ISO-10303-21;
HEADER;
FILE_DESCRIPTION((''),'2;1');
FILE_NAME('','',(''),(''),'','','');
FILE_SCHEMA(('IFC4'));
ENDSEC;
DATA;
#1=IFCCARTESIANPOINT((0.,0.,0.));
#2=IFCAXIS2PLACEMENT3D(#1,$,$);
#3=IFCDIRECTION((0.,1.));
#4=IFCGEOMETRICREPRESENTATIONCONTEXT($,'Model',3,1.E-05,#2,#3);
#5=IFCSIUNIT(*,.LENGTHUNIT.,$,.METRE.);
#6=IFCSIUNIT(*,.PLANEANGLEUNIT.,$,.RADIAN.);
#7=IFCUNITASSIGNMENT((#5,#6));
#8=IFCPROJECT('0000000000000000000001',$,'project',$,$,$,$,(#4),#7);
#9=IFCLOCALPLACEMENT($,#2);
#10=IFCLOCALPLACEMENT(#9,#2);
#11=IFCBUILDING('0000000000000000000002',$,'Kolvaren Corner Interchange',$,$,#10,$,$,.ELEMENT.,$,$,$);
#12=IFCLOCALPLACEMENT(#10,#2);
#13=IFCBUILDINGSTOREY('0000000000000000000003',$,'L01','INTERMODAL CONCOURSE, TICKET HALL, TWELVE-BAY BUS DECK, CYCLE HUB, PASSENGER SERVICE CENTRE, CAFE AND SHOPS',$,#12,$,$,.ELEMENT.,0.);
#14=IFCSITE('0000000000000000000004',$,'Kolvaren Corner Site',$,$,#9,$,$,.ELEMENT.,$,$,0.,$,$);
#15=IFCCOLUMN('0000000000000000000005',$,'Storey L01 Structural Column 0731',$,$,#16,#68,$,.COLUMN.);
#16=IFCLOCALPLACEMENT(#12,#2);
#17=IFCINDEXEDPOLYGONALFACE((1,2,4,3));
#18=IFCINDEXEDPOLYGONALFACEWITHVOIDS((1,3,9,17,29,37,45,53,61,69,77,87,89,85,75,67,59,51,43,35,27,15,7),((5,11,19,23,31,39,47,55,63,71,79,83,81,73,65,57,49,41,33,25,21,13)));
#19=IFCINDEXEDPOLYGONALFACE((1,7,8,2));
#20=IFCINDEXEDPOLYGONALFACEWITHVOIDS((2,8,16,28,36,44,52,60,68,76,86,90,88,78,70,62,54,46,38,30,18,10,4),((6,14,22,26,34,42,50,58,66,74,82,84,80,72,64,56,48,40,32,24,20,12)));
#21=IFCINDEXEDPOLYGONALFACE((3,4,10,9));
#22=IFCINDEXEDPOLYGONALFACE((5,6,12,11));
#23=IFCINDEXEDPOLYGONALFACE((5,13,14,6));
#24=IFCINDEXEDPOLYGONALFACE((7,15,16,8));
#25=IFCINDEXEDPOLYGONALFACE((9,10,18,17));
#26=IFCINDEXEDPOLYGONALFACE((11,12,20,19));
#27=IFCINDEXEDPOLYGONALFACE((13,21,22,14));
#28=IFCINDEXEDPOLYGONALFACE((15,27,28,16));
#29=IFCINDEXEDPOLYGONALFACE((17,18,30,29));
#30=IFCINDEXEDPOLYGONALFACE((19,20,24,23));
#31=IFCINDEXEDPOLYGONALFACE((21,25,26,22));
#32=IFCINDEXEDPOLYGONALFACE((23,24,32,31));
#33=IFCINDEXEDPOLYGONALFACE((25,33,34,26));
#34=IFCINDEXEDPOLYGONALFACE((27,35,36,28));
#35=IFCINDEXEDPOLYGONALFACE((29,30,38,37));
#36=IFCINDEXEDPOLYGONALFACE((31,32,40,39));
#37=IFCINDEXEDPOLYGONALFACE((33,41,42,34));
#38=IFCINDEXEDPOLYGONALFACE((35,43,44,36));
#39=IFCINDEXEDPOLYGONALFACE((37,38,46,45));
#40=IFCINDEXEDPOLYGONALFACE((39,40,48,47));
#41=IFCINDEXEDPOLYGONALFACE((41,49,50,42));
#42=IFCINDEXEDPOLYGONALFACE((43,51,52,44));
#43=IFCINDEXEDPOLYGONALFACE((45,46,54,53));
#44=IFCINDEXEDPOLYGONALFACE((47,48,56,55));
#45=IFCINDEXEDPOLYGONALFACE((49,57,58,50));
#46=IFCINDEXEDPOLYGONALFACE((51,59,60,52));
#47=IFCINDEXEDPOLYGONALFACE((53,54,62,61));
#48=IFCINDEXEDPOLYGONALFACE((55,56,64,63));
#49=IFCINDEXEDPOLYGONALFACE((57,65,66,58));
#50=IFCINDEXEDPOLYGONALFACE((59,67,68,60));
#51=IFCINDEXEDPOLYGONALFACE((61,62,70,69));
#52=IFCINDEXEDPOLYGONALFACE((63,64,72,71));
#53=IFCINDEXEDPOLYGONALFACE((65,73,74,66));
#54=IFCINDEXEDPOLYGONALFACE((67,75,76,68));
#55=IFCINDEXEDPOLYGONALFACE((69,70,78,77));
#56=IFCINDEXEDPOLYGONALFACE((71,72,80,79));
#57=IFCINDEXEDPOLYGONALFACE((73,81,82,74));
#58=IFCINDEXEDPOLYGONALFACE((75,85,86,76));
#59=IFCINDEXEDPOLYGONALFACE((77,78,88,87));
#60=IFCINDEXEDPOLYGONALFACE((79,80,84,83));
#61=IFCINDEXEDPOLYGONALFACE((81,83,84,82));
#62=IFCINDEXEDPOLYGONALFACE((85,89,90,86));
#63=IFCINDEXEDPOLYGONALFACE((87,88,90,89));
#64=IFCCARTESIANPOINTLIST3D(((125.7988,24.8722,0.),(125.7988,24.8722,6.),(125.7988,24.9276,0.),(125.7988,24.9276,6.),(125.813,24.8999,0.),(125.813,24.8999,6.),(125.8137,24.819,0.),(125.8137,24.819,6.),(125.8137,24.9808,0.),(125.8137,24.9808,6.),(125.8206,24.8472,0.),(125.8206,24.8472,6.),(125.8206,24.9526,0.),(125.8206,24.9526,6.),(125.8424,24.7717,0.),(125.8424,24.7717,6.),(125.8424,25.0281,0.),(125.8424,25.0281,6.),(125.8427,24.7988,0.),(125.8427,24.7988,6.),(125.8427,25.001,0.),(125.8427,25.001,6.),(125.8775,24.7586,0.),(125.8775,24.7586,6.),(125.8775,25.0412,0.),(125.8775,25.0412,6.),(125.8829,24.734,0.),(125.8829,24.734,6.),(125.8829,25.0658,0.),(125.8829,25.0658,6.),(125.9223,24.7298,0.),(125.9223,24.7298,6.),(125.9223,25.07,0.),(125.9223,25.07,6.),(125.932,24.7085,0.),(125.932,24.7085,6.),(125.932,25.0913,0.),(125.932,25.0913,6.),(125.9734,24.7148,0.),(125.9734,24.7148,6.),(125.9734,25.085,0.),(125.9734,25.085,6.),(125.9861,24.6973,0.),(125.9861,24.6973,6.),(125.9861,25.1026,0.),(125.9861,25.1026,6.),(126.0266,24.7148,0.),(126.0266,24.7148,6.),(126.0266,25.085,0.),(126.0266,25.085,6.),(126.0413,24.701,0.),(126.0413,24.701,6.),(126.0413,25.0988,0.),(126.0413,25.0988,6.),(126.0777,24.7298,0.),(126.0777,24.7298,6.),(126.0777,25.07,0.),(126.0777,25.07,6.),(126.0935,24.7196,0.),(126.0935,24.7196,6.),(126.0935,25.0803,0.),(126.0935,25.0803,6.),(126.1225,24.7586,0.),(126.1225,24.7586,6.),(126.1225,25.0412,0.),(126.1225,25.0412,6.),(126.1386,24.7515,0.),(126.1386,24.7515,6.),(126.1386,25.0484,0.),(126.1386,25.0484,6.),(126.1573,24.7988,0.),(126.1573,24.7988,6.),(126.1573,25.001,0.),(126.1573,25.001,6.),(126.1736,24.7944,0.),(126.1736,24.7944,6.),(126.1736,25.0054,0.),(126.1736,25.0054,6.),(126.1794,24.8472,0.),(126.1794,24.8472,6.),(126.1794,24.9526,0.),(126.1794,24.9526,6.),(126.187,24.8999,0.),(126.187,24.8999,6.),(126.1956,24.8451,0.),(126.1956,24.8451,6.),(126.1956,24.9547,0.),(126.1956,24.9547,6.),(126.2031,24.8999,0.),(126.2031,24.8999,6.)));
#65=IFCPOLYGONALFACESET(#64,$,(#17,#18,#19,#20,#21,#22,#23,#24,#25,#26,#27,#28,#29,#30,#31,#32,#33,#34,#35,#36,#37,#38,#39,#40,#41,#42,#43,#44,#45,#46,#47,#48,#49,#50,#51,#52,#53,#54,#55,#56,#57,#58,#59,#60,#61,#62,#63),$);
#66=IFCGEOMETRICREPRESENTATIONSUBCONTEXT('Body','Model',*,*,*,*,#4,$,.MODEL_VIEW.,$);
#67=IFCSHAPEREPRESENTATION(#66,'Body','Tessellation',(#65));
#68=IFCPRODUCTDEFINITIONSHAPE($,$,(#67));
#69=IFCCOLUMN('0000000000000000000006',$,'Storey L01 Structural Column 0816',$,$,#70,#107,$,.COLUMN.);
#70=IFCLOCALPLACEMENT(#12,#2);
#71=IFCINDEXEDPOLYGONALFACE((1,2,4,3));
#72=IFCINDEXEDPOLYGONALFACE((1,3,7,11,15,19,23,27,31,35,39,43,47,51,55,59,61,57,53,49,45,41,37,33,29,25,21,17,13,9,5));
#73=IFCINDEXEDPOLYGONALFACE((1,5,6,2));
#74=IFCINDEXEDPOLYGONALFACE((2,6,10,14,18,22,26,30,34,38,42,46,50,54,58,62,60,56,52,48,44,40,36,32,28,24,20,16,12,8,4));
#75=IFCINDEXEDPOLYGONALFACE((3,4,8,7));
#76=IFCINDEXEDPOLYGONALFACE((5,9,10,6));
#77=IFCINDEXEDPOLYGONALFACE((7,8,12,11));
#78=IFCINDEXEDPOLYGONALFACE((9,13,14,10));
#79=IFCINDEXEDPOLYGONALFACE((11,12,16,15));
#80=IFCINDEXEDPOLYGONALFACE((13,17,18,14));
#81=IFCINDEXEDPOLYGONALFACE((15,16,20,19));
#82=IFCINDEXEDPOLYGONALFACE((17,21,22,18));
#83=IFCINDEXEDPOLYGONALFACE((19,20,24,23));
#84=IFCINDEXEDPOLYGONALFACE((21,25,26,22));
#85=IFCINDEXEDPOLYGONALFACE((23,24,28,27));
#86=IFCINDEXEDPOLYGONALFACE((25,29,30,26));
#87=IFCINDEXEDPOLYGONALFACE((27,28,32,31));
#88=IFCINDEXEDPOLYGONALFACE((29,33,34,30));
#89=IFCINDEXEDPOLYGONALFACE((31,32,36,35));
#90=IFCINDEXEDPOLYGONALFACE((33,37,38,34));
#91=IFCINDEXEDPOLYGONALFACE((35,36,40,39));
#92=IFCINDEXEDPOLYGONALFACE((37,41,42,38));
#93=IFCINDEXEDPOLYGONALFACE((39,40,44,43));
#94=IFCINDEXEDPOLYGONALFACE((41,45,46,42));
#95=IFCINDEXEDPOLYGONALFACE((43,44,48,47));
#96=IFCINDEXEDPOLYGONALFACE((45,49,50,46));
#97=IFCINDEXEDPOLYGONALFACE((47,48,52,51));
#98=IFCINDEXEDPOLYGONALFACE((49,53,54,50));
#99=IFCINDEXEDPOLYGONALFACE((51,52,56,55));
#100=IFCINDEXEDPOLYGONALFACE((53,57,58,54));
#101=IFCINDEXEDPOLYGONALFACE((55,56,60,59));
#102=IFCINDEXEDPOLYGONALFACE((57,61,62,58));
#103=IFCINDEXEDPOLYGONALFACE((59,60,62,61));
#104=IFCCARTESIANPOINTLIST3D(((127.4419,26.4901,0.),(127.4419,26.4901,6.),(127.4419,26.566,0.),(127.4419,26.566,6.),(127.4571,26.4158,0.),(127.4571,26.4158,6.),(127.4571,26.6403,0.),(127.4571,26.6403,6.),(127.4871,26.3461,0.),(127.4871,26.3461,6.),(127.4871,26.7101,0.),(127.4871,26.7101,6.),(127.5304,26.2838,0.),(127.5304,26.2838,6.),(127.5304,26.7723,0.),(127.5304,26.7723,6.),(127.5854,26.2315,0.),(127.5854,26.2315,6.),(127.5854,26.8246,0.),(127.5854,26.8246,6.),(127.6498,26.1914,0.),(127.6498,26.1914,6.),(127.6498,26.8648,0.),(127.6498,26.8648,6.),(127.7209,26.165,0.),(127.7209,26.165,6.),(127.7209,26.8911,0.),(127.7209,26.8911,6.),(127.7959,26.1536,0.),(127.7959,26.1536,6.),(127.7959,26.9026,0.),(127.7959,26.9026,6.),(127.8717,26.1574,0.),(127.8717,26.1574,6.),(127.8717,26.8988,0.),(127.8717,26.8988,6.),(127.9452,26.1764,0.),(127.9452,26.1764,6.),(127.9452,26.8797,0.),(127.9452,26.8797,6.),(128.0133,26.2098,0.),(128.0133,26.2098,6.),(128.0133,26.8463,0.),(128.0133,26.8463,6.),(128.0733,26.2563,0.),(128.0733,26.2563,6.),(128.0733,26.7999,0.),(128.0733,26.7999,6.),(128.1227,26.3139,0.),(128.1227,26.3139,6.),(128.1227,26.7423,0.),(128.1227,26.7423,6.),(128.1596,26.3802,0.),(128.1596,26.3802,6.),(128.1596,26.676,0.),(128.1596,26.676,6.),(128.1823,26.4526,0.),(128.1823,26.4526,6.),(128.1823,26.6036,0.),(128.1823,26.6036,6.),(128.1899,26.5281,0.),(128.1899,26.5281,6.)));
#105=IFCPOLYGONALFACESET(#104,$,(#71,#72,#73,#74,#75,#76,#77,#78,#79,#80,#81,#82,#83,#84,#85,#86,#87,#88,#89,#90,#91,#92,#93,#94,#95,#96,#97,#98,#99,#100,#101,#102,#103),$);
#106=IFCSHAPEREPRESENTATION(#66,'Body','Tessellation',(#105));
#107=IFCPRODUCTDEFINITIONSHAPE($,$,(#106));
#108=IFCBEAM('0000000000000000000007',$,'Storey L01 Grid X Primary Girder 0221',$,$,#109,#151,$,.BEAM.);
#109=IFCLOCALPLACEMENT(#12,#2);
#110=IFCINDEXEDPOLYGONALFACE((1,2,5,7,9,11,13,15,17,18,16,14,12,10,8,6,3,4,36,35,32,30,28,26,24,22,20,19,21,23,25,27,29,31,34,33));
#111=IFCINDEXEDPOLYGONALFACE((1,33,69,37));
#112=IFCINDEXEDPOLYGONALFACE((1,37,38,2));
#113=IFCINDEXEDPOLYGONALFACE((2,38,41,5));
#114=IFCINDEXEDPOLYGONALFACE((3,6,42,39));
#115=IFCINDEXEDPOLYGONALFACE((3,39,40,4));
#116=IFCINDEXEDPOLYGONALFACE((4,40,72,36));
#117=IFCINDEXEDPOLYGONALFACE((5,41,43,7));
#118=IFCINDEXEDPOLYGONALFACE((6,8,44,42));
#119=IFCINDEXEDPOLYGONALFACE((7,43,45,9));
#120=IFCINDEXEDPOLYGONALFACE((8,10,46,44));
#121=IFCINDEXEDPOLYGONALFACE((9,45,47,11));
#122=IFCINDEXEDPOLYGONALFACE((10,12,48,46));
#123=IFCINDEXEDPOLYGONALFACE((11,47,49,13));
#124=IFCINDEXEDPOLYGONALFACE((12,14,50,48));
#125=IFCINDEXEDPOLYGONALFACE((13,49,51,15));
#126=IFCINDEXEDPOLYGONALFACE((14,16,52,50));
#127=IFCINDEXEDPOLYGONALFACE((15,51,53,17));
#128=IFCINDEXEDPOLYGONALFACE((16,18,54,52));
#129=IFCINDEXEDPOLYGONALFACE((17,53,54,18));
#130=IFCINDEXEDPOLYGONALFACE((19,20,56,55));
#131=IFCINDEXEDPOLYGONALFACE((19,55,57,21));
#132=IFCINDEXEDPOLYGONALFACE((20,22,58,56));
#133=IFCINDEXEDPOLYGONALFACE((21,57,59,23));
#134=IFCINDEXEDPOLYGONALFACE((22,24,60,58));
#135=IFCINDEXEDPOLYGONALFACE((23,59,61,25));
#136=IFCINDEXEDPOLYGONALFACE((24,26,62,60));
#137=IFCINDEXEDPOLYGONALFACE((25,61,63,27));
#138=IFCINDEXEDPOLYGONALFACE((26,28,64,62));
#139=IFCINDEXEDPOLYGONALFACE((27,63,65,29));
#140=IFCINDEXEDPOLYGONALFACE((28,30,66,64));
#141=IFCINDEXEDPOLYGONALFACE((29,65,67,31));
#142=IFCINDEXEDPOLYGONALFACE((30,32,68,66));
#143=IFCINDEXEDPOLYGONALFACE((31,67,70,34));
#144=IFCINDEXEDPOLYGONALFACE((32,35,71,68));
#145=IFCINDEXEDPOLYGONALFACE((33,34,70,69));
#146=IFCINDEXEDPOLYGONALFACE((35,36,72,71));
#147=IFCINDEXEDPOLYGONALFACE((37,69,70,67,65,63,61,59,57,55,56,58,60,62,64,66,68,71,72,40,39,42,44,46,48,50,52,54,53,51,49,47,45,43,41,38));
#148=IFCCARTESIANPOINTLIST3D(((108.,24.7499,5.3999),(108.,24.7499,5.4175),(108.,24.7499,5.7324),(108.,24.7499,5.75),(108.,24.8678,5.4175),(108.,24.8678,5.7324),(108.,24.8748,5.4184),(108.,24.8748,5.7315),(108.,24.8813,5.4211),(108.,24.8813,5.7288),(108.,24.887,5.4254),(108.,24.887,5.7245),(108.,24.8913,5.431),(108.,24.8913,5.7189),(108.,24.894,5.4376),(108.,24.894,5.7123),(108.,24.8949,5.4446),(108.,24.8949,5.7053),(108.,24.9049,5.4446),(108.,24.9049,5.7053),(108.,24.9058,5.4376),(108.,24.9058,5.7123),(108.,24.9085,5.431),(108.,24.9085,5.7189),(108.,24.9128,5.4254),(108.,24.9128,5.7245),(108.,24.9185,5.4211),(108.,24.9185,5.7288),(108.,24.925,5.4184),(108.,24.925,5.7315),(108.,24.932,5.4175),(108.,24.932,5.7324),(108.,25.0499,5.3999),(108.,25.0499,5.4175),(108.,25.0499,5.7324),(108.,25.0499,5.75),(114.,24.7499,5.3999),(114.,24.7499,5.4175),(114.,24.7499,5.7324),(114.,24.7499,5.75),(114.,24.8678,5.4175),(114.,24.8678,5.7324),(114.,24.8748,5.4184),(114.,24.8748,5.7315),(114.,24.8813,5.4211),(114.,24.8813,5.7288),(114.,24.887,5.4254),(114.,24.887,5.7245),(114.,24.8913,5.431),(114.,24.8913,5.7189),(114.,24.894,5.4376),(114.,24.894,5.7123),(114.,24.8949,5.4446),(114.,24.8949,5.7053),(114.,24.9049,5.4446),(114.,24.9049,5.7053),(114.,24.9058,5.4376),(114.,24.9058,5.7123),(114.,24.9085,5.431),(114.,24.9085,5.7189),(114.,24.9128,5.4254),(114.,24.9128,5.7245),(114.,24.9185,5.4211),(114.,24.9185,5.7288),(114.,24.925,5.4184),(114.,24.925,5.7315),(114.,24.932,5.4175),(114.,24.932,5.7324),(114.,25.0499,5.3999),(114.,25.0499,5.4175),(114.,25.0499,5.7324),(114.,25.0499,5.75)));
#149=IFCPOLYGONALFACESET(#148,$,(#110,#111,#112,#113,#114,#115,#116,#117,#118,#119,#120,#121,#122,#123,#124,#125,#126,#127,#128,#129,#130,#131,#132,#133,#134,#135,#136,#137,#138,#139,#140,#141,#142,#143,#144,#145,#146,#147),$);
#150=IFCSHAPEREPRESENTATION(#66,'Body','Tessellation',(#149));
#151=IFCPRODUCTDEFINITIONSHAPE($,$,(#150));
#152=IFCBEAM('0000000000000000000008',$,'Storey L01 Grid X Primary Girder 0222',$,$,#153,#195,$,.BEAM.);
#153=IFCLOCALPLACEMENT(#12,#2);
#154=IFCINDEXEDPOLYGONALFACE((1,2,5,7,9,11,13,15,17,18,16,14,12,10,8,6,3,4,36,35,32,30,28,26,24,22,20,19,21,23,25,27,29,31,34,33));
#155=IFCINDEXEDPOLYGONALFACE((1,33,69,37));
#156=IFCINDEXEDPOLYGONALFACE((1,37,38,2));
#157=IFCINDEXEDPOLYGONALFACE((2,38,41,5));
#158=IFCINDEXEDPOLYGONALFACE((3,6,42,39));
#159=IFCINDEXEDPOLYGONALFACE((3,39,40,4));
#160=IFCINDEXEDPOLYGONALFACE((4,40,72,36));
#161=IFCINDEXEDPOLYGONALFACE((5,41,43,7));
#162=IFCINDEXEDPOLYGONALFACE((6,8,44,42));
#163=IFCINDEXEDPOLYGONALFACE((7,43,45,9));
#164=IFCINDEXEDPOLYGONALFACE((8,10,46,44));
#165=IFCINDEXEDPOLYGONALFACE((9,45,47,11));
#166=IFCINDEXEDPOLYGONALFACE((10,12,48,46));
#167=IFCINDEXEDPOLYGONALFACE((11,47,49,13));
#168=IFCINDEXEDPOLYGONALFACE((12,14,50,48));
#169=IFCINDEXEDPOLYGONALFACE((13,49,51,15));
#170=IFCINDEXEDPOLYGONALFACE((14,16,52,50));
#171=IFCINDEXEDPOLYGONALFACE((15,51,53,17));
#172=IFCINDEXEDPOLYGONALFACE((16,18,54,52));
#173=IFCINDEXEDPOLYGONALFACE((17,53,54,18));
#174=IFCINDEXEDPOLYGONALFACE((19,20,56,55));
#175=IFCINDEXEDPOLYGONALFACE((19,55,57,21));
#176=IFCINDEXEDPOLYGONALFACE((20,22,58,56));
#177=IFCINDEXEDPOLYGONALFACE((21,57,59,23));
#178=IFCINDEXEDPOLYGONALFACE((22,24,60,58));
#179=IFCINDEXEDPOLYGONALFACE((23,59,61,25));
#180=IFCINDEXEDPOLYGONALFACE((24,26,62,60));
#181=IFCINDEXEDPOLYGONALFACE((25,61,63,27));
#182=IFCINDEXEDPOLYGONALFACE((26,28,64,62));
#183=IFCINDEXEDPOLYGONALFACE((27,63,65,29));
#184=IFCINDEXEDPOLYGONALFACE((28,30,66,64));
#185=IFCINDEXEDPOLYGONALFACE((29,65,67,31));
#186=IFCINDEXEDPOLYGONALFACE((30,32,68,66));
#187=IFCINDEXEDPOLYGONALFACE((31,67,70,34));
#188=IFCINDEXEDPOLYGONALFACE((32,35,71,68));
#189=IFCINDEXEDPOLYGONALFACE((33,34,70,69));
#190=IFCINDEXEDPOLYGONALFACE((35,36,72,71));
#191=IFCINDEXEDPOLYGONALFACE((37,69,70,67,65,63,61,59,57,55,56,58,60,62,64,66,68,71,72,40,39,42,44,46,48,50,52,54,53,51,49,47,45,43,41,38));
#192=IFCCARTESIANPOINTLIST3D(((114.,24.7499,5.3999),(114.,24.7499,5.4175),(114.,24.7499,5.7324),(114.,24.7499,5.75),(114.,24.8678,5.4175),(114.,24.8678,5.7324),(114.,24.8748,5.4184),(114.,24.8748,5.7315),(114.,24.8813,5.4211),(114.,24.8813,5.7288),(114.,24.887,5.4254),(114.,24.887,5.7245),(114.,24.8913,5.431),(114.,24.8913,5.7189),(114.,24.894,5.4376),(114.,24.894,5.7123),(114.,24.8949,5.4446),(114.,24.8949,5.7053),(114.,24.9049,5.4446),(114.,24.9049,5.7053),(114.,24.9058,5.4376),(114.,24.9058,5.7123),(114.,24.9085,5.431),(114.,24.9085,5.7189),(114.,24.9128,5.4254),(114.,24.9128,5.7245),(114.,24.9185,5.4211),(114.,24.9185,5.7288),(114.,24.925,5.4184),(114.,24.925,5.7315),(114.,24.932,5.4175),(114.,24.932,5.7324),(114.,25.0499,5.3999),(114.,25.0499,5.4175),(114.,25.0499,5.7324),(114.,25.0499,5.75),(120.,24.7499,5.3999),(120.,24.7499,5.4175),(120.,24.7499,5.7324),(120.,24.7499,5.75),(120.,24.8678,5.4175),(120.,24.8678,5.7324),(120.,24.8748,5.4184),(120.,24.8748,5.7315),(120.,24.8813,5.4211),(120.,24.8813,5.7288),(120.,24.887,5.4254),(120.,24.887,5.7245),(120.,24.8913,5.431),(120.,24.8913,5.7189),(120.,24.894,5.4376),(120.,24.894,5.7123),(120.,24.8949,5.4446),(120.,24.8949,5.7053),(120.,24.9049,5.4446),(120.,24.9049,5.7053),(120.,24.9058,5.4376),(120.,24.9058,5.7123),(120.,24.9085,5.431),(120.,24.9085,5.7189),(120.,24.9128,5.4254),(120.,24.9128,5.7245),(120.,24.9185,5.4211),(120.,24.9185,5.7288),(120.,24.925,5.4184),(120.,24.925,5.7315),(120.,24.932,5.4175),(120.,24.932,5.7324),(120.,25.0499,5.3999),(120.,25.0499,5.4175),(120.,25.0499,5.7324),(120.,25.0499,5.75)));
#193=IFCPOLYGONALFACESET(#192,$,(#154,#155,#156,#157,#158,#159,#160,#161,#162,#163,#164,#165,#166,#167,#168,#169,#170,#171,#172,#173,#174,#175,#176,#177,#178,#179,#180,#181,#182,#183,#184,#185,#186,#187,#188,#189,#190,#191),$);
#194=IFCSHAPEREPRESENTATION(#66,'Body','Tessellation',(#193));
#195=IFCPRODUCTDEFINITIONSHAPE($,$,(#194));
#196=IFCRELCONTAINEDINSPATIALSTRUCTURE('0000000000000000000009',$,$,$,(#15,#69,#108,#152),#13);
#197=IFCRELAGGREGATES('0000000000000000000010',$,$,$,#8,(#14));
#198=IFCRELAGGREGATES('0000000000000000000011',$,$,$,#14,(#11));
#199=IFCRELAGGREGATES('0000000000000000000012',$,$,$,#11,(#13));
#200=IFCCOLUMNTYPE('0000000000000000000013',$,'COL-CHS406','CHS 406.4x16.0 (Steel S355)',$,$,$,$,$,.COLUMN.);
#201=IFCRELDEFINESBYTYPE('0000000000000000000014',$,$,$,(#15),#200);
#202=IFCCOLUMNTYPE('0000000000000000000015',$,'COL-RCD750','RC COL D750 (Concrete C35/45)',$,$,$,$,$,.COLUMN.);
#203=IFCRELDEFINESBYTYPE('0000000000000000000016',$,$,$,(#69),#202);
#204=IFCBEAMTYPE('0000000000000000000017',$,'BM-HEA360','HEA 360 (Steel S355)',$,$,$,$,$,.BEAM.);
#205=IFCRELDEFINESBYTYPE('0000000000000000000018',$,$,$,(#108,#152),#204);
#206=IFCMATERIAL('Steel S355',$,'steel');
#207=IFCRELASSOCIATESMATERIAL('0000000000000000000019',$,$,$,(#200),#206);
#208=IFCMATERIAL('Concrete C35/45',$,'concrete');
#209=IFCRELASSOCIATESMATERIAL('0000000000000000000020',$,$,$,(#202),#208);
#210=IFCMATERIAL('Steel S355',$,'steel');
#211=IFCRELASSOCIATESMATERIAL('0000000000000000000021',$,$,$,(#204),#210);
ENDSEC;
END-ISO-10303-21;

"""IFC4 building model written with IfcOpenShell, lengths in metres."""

from ifc_helpers import new_model, si_unit, direction, frame, origin, origin_2d, place, context, subcontext, project, spatial, circle, hollow_circle, i_section, extrude, material, material_profile, profile_set, type_object, element, save


model = new_model("IFC4")

# Units and contexts
model_context = context("Model", 3, precision=1e-05, world=origin(), true_north=direction((0.0, 1.0)))
body_context = subcontext(model_context, "Body", "Model", "MODEL_VIEW")
ifc_project = project(units=[si_unit("LENGTHUNIT", "METRE"), si_unit("PLANEANGLEUNIT", "RADIAN")], contexts=[model_context])

# Site, building, storey
site_placement = place(None, origin())
site = spatial("IfcSite", under=ifc_project, at=site_placement, Name="Kolvaren Corner Site", CompositionType="ELEMENT", RefElevation=0.0)
building_placement = place(site_placement, origin())
building = spatial("IfcBuilding", under=site, at=building_placement, Name="Kolvaren Corner Interchange", CompositionType="ELEMENT")
storey_placement = place(building_placement, origin())
storey = spatial("IfcBuildingStorey", under=building, at=storey_placement, Name="L01", Description="INTERMODAL CONCOURSE, TICKET HALL, TWELVE-BAY BUS DECK, CYCLE HUB, PASSENGER SERVICE CENTRE, CAFE AND SHOPS", CompositionType="ELEMENT", Elevation=0.0)

# Columns
ifc_material_1 = material(Name="Steel S355", Category="steel")
ifc_material_profile_1 = material_profile(ifc_material_1, hollow_circle(Radius=0.2031, WallThickness=0.0161, at=origin_2d()), Name="CHS 406.4x16.0")
ifc_profile_set_1 = profile_set([ifc_material_profile_1], Name="Steel S355")
column_type_1 = type_object("IfcColumnType", Name="COL-CHS406", Description="CHS 406.4x16.0 (Steel S355)", PredefinedType="COLUMN", material=ifc_profile_set_1)
for number, where, z_axis, x_axis, name in (
    (1, (126.0, 24.8999, 0.0), (0.0, 0.0, 1.0), (1.0, 0.0, 0.0), "Storey L01 Structural Column 0731"),
):
    element("IfcColumn", number, at=place(storey_placement, frame(where, z_axis=z_axis, x_axis=x_axis)), inside=storey, type_object=column_type_1, Name=name, PredefinedType="COLUMN", context=body_context, shape_type="SweptSolid", body=[
        extrude(hollow_circle(Radius=0.2031, WallThickness=0.0161, at=origin_2d()), origin(), (0.0, 0.0, 1.0), 6.0),
    ])
ifc_material_2 = material(Name="Concrete C35/45", Category="concrete")
ifc_material_profile_2 = material_profile(ifc_material_2, circle(Radius=0.375, at=origin_2d()), Name="RC COL D750")
ifc_profile_set_2 = profile_set([ifc_material_profile_2], Name="Concrete C35/45")
column_type_2 = type_object("IfcColumnType", Name="COL-RCD750", Description="RC COL D750 (Concrete C35/45)", PredefinedType="COLUMN", material=ifc_profile_set_2)
column_placement = place(storey_placement, frame((127.8149, 26.5281, 0.0), z_axis=(0.0, 0.0, 1.0), x_axis=(1.0, 0.0, 0.0)))
element("IfcColumn", 2, at=column_placement, inside=storey, type_object=column_type_2, Name="Storey L01 Structural Column 0816", PredefinedType="COLUMN", context=body_context, shape_type="SweptSolid", body=[
    extrude(circle(Radius=0.375, at=origin_2d()), origin(), (0.0, 0.0, 1.0), 6.0),
])

# Beams
ifc_material_3 = material(Name="Steel S355", Category="steel")
ifc_material_profile_3 = material_profile(ifc_material_3, i_section(OverallWidth=0.3, OverallDepth=0.3501, WebThickness=0.01, FlangeThickness=0.0176, FilletRadius=0.0271, at=origin_2d()), Name="HEA 360")
ifc_profile_set_3 = profile_set([ifc_material_profile_3], Name="Steel S355")
beam_type_1 = type_object("IfcBeamType", Name="BM-HEA360", Description="HEA 360 (Steel S355)", PredefinedType="BEAM", material=ifc_profile_set_3)
for number, where, z_axis, x_axis, name in (
    (3, (108.0, 24.8999, 5.575), (1.0, 0.0, 0.0), (0.0, 1.0, 0.0), "Storey L01 Grid X Primary Girder 0221"),
    (4, (114.0, 24.8999, 5.575), (1.0, 0.0, 0.0), (0.0, 1.0, 0.0), "Storey L01 Grid X Primary Girder 0222"),
):
    element("IfcBeam", number, at=place(storey_placement, frame(where, z_axis=z_axis, x_axis=x_axis)), inside=storey, type_object=beam_type_1, Name=name, PredefinedType="BEAM", context=body_context, shape_type="SweptSolid", body=[
        extrude(i_section(OverallWidth=0.3, OverallDepth=0.3501, WebThickness=0.01, FlangeThickness=0.0176, FilletRadius=0.0271, at=origin_2d()), origin(), (0.0, 0.0, 1.0), 6.0),
    ])

save(model, "model.ifc")
